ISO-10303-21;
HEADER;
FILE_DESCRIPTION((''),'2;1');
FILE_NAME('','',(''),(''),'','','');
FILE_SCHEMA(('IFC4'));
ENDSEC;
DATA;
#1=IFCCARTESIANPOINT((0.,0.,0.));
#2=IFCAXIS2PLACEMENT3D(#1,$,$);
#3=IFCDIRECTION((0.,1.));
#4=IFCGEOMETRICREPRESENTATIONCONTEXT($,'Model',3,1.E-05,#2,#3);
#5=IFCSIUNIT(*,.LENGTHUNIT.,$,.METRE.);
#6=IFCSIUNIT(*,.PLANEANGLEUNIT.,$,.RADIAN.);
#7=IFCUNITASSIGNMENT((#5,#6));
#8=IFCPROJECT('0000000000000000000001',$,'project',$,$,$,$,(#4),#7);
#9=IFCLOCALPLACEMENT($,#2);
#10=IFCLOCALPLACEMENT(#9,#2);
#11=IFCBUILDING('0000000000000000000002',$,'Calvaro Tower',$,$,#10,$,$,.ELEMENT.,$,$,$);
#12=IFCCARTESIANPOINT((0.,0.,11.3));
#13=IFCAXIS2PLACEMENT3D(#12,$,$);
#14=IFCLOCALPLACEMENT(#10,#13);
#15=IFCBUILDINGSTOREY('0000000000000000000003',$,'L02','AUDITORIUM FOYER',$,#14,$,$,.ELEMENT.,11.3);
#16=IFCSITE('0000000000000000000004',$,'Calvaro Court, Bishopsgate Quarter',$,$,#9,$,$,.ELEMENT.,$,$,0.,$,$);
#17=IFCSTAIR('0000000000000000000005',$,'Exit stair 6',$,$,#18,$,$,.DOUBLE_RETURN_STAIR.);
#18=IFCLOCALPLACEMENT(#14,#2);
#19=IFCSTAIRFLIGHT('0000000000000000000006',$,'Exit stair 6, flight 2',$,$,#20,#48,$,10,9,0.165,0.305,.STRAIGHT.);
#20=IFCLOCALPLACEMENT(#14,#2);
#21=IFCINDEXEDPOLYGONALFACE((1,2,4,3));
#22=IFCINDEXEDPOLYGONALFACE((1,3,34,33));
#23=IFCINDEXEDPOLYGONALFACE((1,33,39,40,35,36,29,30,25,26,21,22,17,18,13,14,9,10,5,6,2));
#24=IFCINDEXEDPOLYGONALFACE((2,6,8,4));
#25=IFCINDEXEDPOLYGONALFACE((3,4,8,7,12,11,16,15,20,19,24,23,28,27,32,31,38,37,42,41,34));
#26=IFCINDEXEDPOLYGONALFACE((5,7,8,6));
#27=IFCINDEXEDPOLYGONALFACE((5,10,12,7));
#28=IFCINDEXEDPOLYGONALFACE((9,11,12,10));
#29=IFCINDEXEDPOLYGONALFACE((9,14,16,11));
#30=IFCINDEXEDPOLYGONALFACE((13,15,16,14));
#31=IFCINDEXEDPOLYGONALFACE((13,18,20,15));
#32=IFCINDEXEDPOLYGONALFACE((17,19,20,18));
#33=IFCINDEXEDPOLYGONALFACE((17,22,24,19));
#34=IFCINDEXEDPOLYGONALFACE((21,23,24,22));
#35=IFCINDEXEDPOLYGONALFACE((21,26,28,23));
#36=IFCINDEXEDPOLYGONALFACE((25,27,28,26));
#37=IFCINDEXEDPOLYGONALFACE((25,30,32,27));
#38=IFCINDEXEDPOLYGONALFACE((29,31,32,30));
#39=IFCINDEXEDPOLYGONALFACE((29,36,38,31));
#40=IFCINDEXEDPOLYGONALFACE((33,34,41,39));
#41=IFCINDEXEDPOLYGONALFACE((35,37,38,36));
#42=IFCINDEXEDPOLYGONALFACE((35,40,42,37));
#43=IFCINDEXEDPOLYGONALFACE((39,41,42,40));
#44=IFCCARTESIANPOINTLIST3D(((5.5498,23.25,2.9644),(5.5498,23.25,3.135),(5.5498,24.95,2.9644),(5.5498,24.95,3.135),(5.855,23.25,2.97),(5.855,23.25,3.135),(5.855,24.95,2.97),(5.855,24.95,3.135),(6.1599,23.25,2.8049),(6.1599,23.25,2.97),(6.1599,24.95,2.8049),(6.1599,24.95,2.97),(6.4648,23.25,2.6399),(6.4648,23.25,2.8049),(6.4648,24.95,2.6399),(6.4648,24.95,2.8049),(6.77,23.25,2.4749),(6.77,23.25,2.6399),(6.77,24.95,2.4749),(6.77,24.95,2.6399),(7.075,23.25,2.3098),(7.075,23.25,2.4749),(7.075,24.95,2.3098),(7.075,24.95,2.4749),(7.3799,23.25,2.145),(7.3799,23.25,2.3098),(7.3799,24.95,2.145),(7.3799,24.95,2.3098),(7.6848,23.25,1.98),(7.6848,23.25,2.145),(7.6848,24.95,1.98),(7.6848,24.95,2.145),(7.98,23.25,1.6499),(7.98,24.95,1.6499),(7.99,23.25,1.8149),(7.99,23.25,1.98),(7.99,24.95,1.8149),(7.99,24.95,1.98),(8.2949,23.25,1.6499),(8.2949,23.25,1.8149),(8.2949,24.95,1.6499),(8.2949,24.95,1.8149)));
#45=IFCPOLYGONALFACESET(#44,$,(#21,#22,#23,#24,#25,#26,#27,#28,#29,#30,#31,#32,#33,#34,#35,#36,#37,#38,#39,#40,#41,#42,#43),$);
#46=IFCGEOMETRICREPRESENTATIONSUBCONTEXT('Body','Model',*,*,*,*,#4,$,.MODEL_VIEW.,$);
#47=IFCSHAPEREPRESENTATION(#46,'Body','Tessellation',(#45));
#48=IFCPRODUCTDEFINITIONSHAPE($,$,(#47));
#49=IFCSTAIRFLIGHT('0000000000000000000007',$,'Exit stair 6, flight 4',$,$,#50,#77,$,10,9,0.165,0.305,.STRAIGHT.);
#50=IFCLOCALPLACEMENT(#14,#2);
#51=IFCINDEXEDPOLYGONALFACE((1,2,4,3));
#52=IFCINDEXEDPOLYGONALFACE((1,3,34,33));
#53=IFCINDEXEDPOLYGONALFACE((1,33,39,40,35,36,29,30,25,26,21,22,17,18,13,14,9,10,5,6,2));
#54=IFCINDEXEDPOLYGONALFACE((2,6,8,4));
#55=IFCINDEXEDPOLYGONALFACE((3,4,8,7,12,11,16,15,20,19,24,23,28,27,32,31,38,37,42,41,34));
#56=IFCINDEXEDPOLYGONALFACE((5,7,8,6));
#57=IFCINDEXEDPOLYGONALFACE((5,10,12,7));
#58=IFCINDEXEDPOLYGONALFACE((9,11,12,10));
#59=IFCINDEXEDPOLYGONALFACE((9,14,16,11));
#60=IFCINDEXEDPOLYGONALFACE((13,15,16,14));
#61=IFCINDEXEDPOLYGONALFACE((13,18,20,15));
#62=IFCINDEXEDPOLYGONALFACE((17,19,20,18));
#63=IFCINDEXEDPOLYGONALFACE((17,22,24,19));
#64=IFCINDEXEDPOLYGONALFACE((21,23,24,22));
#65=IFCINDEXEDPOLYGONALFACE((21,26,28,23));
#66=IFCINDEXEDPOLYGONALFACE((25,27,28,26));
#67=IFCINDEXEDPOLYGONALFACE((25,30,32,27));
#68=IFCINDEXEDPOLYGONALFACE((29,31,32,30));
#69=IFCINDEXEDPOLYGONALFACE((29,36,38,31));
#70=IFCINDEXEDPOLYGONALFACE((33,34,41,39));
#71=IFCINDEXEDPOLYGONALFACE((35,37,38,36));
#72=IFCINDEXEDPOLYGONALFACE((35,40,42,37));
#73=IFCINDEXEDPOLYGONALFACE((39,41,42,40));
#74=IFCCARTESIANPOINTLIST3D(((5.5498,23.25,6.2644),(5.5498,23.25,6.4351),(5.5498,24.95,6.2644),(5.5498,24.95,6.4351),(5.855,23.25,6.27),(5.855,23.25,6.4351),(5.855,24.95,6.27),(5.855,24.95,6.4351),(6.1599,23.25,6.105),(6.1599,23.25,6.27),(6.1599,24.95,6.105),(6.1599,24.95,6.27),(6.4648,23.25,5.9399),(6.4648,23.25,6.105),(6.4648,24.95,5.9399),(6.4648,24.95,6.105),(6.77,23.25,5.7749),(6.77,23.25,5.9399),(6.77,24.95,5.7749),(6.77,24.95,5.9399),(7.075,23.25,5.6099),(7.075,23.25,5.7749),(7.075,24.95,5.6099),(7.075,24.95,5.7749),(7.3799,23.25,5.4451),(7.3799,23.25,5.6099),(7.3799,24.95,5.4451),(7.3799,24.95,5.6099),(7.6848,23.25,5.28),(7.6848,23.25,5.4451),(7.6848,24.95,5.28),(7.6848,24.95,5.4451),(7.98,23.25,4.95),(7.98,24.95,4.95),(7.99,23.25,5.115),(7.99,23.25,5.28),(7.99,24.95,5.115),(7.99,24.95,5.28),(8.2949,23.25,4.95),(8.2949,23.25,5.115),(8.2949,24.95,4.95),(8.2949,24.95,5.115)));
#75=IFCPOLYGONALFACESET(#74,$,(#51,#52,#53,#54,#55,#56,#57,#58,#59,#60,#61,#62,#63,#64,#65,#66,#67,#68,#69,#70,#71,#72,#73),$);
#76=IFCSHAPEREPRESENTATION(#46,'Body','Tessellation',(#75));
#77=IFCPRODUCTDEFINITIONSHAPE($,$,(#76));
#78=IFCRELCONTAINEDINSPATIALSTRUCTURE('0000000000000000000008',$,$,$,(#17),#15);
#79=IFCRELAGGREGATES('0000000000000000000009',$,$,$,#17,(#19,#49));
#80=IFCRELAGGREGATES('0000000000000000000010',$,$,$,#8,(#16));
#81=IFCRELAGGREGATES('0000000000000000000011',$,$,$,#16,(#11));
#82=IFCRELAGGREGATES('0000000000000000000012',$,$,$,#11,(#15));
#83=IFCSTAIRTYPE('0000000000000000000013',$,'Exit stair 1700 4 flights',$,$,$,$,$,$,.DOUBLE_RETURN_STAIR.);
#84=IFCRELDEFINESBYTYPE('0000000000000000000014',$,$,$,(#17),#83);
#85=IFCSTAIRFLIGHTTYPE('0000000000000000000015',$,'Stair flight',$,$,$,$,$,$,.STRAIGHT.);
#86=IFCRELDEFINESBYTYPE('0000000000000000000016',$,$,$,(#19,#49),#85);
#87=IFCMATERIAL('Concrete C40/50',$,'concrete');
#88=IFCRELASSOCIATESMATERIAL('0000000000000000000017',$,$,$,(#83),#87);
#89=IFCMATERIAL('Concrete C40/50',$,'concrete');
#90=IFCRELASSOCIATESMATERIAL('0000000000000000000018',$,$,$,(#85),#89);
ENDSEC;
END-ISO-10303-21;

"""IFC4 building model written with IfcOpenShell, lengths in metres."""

from ifc_helpers import new_model, si_unit, direction, frame, origin, place, context, subcontext, project, spatial, polyline, outline, extrude, material, type_object, element, aggregate, save


model = new_model("IFC4")

# Units and contexts
model_context = context("Model", 3, precision=1e-05, world=origin(), true_north=direction((0.0, 1.0)))
body_context = subcontext(model_context, "Body", "Model", "MODEL_VIEW")
ifc_project = project(units=[si_unit("LENGTHUNIT", "METRE"), si_unit("PLANEANGLEUNIT", "RADIAN")], contexts=[model_context])

# Site, building, storey
site_placement = place(None, origin())
site = spatial("IfcSite", under=ifc_project, at=site_placement, Name="Calvaro Court, Bishopsgate Quarter", CompositionType="ELEMENT", RefElevation=0.0)
building_placement = place(site_placement, origin())
building = spatial("IfcBuilding", under=site, at=building_placement, Name="Calvaro Tower", CompositionType="ELEMENT")
storey_placement = place(building_placement, frame((0.0, 0.0, 11.3)))
storey = spatial("IfcBuildingStorey", under=building, at=storey_placement, Name="L02", Description="AUDITORIUM FOYER", CompositionType="ELEMENT", Elevation=11.3)

# Stair, stair flights
ifc_material_1 = material(Name="Concrete C40/50", Category="concrete")
stair_type = type_object("IfcStairType", Name="Exit stair 1700 4 flights", PredefinedType="DOUBLE_RETURN_STAIR", material=ifc_material_1)
stair_placement = place(storey_placement, origin())
stair = element("IfcStair", 1, at=stair_placement, inside=storey, type_object=stair_type, Name="Exit stair 6", PredefinedType="DOUBLE_RETURN_STAIR")
ifc_material_2 = material(Name="Concrete C40/50", Category="concrete")
stair_flight_type = type_object("IfcStairFlightType", Name="Stair flight", PredefinedType="STRAIGHT", material=ifc_material_2)
stair_flight_1_placement = place(storey_placement, frame((8.2949, 24.1001, 1.6499), z_axis=(0.0, 0.0, 1.0), x_axis=(-1.0, 0.0, 0.0)))
stair_flight_1 = element("IfcStairFlight", 2, at=stair_flight_1_placement, type_object=stair_flight_type, Name="Exit stair 6, flight 2", NumberOfRisers=10, NumberOfTreads=9, PredefinedType="STRAIGHT", RiserHeight=0.165, TreadLength=0.305, context=body_context, shape_type="SweptSolid", body=[
    extrude(outline(polyline([(0.0, 0.0), (0.0, 0.165), (0.3049, 0.165), (0.3049, 0.3301), (0.6101, 0.3301), (0.6101, 0.4951), (0.915, 0.4951), (0.915, 0.6599), (1.22, 0.6599), (1.22, 0.825), (1.5249, 0.825), (1.5249, 0.99), (1.8301, 0.99), (1.8301, 1.155), (2.135, 1.155), (2.135, 1.3201), (2.4399, 1.3201), (2.4399, 1.4851), (2.7451, 1.4851), (2.7451, 1.6499), (2.7451, 1.3145), (0.3149, 0.0), (0.0, 0.0)])), frame((0.0, 0.8501, 0.0), z_axis=(0.0, -1.0, 0.0), x_axis=(1.0, 0.0, 0.0)), (0.0, 0.0, 1.0), 1.7),
])
stair_flight_2_placement = place(storey_placement, frame((8.2949, 24.1001, 4.95), z_axis=(0.0, 0.0, 1.0), x_axis=(-1.0, 0.0, 0.0)))
stair_flight_2 = element("IfcStairFlight", 3, at=stair_flight_2_placement, type_object=stair_flight_type, Name="Exit stair 6, flight 4", NumberOfRisers=10, NumberOfTreads=9, PredefinedType="STRAIGHT", RiserHeight=0.165, TreadLength=0.305, context=body_context, shape_type="SweptSolid", body=[
    extrude(outline(polyline([(0.0, 0.0), (0.0, 0.165), (0.3049, 0.165), (0.3049, 0.3301), (0.6101, 0.3301), (0.6101, 0.4951), (0.915, 0.4951), (0.915, 0.6599), (1.22, 0.6599), (1.22, 0.825), (1.5249, 0.825), (1.5249, 0.99), (1.8301, 0.99), (1.8301, 1.155), (2.135, 1.155), (2.135, 1.3201), (2.4399, 1.3201), (2.4399, 1.4851), (2.7451, 1.4851), (2.7451, 1.6499), (2.7451, 1.3145), (0.3149, 0.0), (0.0, 0.0)])), frame((0.0, 0.8501, 0.0), z_axis=(0.0, -1.0, 0.0), x_axis=(1.0, 0.0, 0.0)), (0.0, 0.0, 1.0), 1.7),
])
aggregate(stair, [stair_flight_1, stair_flight_2])

save(model, "model.ifc")
